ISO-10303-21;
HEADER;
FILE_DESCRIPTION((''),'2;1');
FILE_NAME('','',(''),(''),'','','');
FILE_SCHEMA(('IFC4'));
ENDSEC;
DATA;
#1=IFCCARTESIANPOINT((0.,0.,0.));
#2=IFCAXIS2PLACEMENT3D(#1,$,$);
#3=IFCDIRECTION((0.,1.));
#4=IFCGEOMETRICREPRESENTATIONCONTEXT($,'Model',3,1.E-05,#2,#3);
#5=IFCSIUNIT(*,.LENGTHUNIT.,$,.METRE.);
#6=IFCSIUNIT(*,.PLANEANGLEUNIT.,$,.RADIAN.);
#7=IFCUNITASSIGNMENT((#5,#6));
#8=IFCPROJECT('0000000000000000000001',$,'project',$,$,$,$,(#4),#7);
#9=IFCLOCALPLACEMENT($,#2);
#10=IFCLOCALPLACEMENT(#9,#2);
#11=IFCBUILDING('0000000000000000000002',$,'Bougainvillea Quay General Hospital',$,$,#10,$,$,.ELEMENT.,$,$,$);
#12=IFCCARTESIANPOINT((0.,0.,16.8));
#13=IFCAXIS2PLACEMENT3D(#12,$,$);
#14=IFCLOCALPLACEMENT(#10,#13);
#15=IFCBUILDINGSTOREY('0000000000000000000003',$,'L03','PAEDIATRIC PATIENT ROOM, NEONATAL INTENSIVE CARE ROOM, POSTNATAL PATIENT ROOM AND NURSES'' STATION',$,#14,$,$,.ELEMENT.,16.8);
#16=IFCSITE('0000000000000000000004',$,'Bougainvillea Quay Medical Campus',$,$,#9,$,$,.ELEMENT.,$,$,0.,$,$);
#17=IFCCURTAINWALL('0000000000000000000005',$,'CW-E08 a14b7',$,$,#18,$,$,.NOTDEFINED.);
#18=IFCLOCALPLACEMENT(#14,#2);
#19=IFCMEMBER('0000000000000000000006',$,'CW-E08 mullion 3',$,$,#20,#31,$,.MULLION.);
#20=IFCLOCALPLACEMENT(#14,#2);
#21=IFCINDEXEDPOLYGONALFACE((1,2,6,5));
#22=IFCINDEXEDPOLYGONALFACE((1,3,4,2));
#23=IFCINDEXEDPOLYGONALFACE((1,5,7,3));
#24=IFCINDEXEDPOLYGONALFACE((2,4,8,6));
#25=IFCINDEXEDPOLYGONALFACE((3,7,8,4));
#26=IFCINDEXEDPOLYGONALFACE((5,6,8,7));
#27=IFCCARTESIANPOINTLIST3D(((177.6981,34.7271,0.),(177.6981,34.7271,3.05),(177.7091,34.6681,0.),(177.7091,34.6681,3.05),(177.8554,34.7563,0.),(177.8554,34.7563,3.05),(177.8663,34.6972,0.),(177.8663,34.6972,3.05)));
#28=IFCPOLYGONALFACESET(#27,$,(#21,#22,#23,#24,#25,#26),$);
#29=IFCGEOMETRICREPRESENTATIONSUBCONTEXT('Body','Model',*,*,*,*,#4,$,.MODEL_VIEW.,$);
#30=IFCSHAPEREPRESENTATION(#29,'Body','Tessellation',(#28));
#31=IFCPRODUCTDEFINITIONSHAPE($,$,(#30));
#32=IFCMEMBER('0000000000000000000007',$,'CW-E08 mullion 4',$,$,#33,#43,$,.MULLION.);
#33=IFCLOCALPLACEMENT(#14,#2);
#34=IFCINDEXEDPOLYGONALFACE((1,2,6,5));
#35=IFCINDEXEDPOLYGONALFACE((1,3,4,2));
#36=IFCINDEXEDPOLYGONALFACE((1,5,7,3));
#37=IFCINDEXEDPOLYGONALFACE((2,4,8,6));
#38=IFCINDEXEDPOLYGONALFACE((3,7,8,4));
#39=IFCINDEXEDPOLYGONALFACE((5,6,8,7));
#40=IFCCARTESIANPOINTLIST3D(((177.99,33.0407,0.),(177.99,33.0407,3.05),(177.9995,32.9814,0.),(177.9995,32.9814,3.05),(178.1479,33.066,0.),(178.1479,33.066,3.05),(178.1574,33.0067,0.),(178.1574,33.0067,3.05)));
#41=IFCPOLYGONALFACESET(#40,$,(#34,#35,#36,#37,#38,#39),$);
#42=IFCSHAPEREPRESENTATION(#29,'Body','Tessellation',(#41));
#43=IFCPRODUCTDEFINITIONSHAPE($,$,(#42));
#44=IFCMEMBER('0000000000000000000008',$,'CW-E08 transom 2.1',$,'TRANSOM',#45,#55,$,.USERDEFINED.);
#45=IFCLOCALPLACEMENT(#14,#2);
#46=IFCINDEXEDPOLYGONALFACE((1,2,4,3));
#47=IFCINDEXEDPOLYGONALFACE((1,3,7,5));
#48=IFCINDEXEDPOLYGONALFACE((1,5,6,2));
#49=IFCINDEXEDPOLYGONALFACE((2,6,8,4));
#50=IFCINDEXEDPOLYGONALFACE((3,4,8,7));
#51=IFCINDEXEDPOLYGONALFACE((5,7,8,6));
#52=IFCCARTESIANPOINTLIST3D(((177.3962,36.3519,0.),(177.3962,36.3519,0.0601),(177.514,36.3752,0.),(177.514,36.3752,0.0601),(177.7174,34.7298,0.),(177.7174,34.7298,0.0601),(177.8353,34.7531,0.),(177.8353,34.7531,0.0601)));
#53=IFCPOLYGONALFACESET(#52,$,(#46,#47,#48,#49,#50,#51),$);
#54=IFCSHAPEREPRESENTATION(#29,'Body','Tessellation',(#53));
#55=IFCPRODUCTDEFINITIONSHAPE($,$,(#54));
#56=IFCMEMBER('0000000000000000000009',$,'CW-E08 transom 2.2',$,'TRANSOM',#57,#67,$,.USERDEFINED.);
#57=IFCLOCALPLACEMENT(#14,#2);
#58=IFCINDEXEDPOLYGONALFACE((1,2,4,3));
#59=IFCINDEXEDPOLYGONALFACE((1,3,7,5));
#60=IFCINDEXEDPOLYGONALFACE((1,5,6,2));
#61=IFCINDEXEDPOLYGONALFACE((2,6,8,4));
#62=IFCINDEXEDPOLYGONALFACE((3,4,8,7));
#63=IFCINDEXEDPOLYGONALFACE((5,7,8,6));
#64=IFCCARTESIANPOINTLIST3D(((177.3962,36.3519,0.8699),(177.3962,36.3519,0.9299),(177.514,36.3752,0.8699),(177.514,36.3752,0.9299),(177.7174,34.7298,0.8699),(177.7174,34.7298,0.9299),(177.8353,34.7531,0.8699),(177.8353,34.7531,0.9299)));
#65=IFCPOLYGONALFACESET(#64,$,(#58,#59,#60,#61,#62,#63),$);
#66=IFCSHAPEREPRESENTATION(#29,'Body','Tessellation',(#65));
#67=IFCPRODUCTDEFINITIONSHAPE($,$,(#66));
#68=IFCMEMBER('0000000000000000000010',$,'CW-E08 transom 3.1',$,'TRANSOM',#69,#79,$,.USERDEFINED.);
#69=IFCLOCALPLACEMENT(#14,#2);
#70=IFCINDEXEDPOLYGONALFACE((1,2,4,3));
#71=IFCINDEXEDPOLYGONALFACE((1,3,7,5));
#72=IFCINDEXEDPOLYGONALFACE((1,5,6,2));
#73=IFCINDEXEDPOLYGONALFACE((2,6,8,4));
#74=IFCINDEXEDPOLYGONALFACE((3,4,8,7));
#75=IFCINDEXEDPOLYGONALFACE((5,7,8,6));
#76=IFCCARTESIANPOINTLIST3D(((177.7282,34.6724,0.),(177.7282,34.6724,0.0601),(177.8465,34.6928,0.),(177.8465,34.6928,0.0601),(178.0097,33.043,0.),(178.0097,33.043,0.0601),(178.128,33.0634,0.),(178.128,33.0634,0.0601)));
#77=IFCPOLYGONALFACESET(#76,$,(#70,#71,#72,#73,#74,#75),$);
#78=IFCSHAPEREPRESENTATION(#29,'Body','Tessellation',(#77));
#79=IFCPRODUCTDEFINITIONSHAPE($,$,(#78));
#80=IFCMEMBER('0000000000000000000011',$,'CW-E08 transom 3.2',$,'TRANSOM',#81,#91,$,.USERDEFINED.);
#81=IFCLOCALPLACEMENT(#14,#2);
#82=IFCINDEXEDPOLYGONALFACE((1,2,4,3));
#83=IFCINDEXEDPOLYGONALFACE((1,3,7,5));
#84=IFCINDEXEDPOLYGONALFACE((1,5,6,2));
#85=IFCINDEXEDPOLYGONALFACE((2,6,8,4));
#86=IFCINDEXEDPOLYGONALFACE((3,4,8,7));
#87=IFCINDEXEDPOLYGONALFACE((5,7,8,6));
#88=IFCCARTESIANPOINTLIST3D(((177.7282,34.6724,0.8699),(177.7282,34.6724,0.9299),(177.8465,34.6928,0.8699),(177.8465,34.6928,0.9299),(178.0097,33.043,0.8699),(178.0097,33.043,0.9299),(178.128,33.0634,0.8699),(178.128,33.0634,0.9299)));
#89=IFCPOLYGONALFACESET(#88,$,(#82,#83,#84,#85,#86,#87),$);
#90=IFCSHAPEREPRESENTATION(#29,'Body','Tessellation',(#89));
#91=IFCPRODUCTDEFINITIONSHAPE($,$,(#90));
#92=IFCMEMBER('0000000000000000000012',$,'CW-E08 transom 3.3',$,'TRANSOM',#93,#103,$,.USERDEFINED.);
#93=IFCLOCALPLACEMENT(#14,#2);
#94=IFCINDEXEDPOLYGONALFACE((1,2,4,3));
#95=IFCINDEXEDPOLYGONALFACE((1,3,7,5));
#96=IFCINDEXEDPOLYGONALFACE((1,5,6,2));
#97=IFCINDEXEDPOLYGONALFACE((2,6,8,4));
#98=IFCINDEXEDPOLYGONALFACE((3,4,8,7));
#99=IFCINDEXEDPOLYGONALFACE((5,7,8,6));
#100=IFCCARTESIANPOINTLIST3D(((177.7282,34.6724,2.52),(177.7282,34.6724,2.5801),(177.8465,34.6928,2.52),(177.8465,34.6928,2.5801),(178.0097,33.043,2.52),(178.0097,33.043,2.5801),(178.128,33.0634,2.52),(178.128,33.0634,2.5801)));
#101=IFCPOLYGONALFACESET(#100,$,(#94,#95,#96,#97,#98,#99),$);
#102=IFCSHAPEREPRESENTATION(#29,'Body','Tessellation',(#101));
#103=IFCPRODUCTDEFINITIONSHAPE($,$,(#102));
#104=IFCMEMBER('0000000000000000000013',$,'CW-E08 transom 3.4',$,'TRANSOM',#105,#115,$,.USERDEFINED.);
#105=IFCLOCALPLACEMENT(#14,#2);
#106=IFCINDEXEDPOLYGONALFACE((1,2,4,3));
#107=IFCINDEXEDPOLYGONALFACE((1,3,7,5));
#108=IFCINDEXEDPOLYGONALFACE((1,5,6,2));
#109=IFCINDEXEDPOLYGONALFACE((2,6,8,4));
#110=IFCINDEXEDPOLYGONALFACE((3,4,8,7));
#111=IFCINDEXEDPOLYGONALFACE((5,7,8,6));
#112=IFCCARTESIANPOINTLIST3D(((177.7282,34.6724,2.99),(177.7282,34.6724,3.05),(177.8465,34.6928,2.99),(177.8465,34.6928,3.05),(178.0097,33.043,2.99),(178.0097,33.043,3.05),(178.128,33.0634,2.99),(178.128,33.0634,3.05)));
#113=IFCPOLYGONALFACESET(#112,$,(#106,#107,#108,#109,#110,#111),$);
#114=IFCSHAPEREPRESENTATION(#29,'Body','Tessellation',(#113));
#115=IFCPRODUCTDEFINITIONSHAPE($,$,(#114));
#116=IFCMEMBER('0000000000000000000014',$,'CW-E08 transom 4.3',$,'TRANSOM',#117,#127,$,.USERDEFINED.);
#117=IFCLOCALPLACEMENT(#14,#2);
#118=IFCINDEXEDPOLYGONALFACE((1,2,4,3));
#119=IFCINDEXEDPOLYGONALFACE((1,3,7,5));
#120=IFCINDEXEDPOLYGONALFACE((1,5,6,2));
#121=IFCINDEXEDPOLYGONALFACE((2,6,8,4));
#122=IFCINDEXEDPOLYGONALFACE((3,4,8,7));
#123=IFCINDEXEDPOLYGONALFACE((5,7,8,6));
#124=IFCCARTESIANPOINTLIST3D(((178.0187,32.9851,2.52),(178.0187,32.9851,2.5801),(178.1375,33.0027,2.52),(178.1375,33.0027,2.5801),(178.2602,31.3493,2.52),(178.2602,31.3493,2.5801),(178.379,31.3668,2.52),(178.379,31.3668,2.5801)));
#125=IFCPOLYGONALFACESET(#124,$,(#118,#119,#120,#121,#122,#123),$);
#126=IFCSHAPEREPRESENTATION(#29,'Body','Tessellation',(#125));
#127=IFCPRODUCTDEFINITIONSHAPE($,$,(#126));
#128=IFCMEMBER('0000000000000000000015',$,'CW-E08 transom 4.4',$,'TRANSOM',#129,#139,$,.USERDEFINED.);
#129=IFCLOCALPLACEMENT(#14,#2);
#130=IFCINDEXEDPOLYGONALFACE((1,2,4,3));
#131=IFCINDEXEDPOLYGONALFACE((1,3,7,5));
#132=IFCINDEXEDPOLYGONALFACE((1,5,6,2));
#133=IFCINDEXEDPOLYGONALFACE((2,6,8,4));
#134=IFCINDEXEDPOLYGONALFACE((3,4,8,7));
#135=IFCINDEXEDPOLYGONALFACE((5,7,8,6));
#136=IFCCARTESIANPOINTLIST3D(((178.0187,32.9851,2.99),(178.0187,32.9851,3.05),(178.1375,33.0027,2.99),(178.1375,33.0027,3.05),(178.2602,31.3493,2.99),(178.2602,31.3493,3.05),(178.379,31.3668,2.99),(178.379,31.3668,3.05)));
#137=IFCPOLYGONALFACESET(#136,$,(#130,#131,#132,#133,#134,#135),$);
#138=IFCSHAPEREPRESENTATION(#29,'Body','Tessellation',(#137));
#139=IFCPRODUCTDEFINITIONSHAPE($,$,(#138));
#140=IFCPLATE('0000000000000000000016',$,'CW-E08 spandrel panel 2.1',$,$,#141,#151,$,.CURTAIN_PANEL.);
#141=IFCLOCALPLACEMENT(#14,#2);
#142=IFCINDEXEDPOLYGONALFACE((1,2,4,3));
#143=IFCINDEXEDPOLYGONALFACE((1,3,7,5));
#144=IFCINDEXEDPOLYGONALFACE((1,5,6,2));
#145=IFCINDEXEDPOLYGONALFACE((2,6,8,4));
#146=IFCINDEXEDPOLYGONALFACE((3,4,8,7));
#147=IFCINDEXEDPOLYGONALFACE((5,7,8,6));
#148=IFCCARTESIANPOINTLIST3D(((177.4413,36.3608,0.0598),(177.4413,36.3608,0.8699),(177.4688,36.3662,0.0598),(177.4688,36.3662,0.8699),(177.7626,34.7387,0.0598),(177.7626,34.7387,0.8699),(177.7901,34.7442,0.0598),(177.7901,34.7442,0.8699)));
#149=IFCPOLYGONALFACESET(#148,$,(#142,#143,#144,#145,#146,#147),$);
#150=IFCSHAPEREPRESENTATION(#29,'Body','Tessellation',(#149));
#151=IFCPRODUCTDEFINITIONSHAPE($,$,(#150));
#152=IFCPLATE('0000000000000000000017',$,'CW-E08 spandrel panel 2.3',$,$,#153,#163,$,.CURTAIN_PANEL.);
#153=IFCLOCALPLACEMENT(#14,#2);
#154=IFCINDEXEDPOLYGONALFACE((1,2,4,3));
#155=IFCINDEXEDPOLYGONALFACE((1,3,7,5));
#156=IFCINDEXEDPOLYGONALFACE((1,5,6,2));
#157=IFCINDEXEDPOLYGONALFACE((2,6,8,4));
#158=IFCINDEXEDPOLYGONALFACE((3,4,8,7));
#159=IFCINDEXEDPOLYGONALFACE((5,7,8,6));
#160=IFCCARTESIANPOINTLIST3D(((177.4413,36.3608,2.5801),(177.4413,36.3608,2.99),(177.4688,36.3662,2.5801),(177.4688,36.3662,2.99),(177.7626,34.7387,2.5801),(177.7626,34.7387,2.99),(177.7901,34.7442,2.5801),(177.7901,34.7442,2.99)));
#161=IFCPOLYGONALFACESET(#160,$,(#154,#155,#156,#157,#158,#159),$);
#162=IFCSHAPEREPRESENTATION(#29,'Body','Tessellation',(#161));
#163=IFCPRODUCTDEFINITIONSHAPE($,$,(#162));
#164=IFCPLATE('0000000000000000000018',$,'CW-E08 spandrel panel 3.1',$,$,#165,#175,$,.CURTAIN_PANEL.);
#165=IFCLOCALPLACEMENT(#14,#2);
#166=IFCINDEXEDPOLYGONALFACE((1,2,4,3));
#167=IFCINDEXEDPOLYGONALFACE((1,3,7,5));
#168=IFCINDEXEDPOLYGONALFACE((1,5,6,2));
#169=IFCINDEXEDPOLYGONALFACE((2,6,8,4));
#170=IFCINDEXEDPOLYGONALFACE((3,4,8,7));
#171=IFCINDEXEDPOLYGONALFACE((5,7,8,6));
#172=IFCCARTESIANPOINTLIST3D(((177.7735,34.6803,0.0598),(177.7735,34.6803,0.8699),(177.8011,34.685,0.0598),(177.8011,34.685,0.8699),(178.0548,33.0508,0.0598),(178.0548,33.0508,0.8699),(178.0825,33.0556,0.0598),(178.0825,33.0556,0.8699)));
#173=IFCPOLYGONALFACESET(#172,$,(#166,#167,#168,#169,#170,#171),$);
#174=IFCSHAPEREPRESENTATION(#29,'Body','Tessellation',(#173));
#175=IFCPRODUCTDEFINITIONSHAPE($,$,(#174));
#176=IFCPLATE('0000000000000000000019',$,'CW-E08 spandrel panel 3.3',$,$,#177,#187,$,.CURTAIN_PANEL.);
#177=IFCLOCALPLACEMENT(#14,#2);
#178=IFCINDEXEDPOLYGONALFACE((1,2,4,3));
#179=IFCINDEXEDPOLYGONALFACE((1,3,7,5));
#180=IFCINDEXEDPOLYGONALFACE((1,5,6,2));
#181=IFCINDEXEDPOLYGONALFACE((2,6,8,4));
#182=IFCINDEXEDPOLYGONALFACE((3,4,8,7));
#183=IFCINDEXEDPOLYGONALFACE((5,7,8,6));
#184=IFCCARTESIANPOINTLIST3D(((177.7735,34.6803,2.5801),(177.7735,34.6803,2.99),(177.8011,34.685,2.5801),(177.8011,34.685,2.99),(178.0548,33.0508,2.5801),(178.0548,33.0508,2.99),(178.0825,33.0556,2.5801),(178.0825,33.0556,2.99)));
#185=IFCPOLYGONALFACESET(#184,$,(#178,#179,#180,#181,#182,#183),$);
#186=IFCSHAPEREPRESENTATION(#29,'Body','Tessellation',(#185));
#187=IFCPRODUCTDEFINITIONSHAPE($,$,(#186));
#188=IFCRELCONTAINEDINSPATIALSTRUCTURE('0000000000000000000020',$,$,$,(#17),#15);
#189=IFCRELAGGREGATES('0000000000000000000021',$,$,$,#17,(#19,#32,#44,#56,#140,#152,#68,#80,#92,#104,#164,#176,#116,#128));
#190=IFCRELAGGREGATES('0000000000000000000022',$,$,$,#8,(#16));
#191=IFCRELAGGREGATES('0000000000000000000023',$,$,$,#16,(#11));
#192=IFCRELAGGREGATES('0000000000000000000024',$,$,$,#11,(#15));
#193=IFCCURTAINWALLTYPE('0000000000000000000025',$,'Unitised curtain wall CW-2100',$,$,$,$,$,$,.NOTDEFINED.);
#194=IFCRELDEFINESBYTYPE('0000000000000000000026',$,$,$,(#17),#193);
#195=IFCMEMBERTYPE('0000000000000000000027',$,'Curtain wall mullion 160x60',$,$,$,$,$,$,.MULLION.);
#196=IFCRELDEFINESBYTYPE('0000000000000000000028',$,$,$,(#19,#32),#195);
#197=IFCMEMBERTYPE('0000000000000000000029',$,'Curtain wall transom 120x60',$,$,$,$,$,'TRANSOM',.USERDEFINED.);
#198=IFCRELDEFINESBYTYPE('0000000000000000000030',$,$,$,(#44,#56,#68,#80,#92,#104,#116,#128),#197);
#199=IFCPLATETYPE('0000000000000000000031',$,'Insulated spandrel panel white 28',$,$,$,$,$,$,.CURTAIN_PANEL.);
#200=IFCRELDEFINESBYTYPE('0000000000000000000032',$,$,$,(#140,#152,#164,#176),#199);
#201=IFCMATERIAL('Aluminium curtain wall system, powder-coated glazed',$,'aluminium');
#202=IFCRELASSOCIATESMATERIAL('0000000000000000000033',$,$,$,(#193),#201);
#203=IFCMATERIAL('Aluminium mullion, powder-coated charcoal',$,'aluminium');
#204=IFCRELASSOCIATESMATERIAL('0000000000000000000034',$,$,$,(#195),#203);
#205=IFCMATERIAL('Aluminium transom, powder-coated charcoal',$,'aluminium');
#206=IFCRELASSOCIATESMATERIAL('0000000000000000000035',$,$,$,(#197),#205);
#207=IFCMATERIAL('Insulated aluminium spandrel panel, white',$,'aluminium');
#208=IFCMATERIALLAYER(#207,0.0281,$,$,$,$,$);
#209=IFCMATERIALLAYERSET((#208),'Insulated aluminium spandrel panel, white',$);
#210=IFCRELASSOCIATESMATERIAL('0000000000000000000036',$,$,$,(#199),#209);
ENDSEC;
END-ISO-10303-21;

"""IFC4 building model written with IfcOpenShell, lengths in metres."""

from ifc_helpers import new_model, si_unit, direction, frame, origin, origin_2d, place, context, subcontext, project, spatial, rectangle, extrude, material, layer, layer_set, material_profile, profile_set, type_object, element, aggregate, save


model = new_model("IFC4")

# Units and contexts
model_context = context("Model", 3, precision=1e-05, world=origin(), true_north=direction((0.0, 1.0)))
body_context = subcontext(model_context, "Body", "Model", "MODEL_VIEW")
ifc_project = project(units=[si_unit("LENGTHUNIT", "METRE"), si_unit("PLANEANGLEUNIT", "RADIAN")], contexts=[model_context])

# Site, building, storey
site_placement = place(None, origin())
site = spatial("IfcSite", under=ifc_project, at=site_placement, Name="Bougainvillea Quay Medical Campus", CompositionType="ELEMENT", RefElevation=0.0)
building_placement = place(site_placement, origin())
building = spatial("IfcBuilding", under=site, at=building_placement, Name="Bougainvillea Quay General Hospital", CompositionType="ELEMENT")
storey_placement = place(building_placement, frame((0.0, 0.0, 16.8)))
storey = spatial("IfcBuildingStorey", under=building, at=storey_placement, Name="L03", Description="PAEDIATRIC PATIENT ROOM, NEONATAL INTENSIVE CARE ROOM, POSTNATAL PATIENT ROOM AND NURSES' STATION", CompositionType="ELEMENT", Elevation=16.8)

# Curtain wall, members, plates
ifc_material_1 = material(Name="Aluminium curtain wall system, powder-coated glazed", Category="aluminium")
curtain_wall_type = type_object("IfcCurtainWallType", Name="Unitised curtain wall CW-2100", PredefinedType="NOTDEFINED", material=ifc_material_1)
curtain_wall_placement = place(storey_placement, origin())
curtain_wall = element("IfcCurtainWall", 1, at=curtain_wall_placement, inside=storey, type_object=curtain_wall_type, Name="CW-E08 a14b7", PredefinedType="NOTDEFINED")
ifc_material_2 = material(Name="Aluminium mullion, powder-coated charcoal", Category="aluminium")
ifc_material_profile_1 = material_profile(ifc_material_2, rectangle(XDim=0.1599, YDim=0.0601, at=origin_2d()))
ifc_profile_set_1 = profile_set([ifc_material_profile_1], Name="Aluminium mullion, powder-coated charcoal")
member_type_1 = type_object("IfcMemberType", Name="Curtain wall mullion 160x60", PredefinedType="MULLION", material=ifc_profile_set_1)
member_1_placement = place(storey_placement, frame((177.7822, 34.7122, 0.0), z_axis=(0.0, 0.0, 1.0), x_axis=(0.983252, 0.182251, 0.0)))
member_1 = element("IfcMember", 2, at=member_1_placement, type_object=member_type_1, Name="CW-E08 mullion 3", PredefinedType="MULLION", context=body_context, shape_type="SweptSolid", body=[
    extrude(rectangle(XDim=0.1599, YDim=0.0601, at=origin_2d()), origin(), (0.0, 0.0, 1.0), 3.05),
])
member_2_placement = place(storey_placement, frame((178.0737, 33.0237, 0.0), z_axis=(0.0, 0.0, 1.0), x_axis=(0.987432, 0.158044, 0.0)))
member_2 = element("IfcMember", 3, at=member_2_placement, type_object=member_type_1, Name="CW-E08 mullion 4", PredefinedType="MULLION", context=body_context, shape_type="SweptSolid", body=[
    extrude(rectangle(XDim=0.1599, YDim=0.0601, at=origin_2d()), origin(), (0.0, 0.0, 1.0), 3.05),
])
ifc_material_3 = material(Name="Aluminium transom, powder-coated charcoal", Category="aluminium")
ifc_material_profile_2 = material_profile(ifc_material_3, rectangle(XDim=0.1201, YDim=0.0601, at=origin_2d()))
ifc_profile_set_2 = profile_set([ifc_material_profile_2], Name="Aluminium transom, powder-coated charcoal")
member_type_2 = type_object("IfcMemberType", Name="Curtain wall transom 120x60", ElementType="TRANSOM", PredefinedType="USERDEFINED", material=ifc_profile_set_2)
member_3_placement = place(storey_placement, frame((177.4551, 36.3635, 0.03), z_axis=(0.194299, -0.980942, 0.0), x_axis=(0.980942, 0.194299, 0.0)))
member_3 = element("IfcMember", 4, at=member_3_placement, type_object=member_type_2, Name="CW-E08 transom 2.1", ObjectType="TRANSOM", PredefinedType="USERDEFINED", context=body_context, shape_type="SweptSolid", body=[
    extrude(rectangle(XDim=0.1201, YDim=0.0601, at=origin_2d()), origin(), (0.0, 0.0, 1.0), 1.6536),
])
member_4_placement = place(storey_placement, frame((177.4551, 36.3635, 0.8999), z_axis=(0.194299, -0.980942, 0.0), x_axis=(0.980942, 0.194299, 0.0)))
member_4 = element("IfcMember", 5, at=member_4_placement, type_object=member_type_2, Name="CW-E08 transom 2.2", ObjectType="TRANSOM", PredefinedType="USERDEFINED", context=body_context, shape_type="SweptSolid", body=[
    extrude(rectangle(XDim=0.1201, YDim=0.0601, at=origin_2d()), origin(), (0.0, 0.0, 1.0), 1.6536),
])
member_5_placement = place(storey_placement, frame((177.7874, 34.6826, 0.03), z_axis=(0.170238, -0.985403, 0.0), x_axis=(0.985403, 0.170238, 0.0)))
member_5 = element("IfcMember", 6, at=member_5_placement, type_object=member_type_2, Name="CW-E08 transom 3.1", ObjectType="TRANSOM", PredefinedType="USERDEFINED", context=body_context, shape_type="SweptSolid", body=[
    extrude(rectangle(XDim=0.1201, YDim=0.0601, at=origin_2d()), origin(), (0.0, 0.0, 1.0), 1.6536),
])
member_6_placement = place(storey_placement, frame((177.7874, 34.6826, 0.8999), z_axis=(0.170238, -0.985403, 0.0), x_axis=(0.985403, 0.170238, 0.0)))
member_6 = element("IfcMember", 7, at=member_6_placement, type_object=member_type_2, Name="CW-E08 transom 3.2", ObjectType="TRANSOM", PredefinedType="USERDEFINED", context=body_context, shape_type="SweptSolid", body=[
    extrude(rectangle(XDim=0.1201, YDim=0.0601, at=origin_2d()), origin(), (0.0, 0.0, 1.0), 1.6536),
])
member_7_placement = place(storey_placement, frame((177.7874, 34.6826, 2.55), z_axis=(0.170238, -0.985403, 0.0), x_axis=(0.985403, 0.170238, 0.0)))
member_7 = element("IfcMember", 8, at=member_7_placement, type_object=member_type_2, Name="CW-E08 transom 3.3", ObjectType="TRANSOM", PredefinedType="USERDEFINED", context=body_context, shape_type="SweptSolid", body=[
    extrude(rectangle(XDim=0.1201, YDim=0.0601, at=origin_2d()), origin(), (0.0, 0.0, 1.0), 1.6536),
])
member_8_placement = place(storey_placement, frame((177.7874, 34.6826, 3.02), z_axis=(0.170238, -0.985403, 0.0), x_axis=(0.985403, 0.170238, 0.0)))
member_8 = element("IfcMember", 9, at=member_8_placement, type_object=member_type_2, Name="CW-E08 transom 3.4", ObjectType="TRANSOM", PredefinedType="USERDEFINED", context=body_context, shape_type="SweptSolid", body=[
    extrude(rectangle(XDim=0.1201, YDim=0.0601, at=origin_2d()), origin(), (0.0, 0.0, 1.0), 1.6536),
])
member_9_placement = place(storey_placement, frame((178.0781, 32.9939, 2.55), z_axis=(0.14603, -0.98928, 0.0), x_axis=(0.98928, 0.14603, 0.0)))
member_9 = element("IfcMember", 10, at=member_9_placement, type_object=member_type_2, Name="CW-E08 transom 4.3", ObjectType="TRANSOM", PredefinedType="USERDEFINED", context=body_context, shape_type="SweptSolid", body=[
    extrude(rectangle(XDim=0.1201, YDim=0.0601, at=origin_2d()), origin(), (0.0, 0.0, 1.0), 1.6536),
])
member_10_placement = place(storey_placement, frame((178.0781, 32.9939, 3.02), z_axis=(0.14603, -0.98928, 0.0), x_axis=(0.98928, 0.14603, 0.0)))
member_10 = element("IfcMember", 11, at=member_10_placement, type_object=member_type_2, Name="CW-E08 transom 4.4", ObjectType="TRANSOM", PredefinedType="USERDEFINED", context=body_context, shape_type="SweptSolid", body=[
    extrude(rectangle(XDim=0.1201, YDim=0.0601, at=origin_2d()), origin(), (0.0, 0.0, 1.0), 1.6536),
])
ifc_material_4 = material(Name="Insulated aluminium spandrel panel, white", Category="aluminium")
ifc_layer_1 = layer(ifc_material_4, 0.0281)
ifc_layer_set_1 = layer_set([ifc_layer_1], Name="Insulated aluminium spandrel panel, white")
plate_type_1 = type_object("IfcPlateType", Name="Insulated spandrel panel white 28", PredefinedType="CURTAIN_PANEL", material=ifc_layer_set_1)
plate_1_placement = place(storey_placement, frame((177.6157, 35.5525, 0.0598), z_axis=(0.0, 0.0, 1.0), x_axis=(0.194314, -0.980939, 0.0)))
plate_1 = element("IfcPlate", 12, at=plate_1_placement, type_object=plate_type_1, Name="CW-E08 spandrel panel 2.1", PredefinedType="CURTAIN_PANEL", context=body_context, shape_type="SweptSolid", body=[
    extrude(rectangle(XDim=1.6536, YDim=0.0281, at=origin_2d()), origin(), (0.0, 0.0, 1.0), 0.8101),
])
plate_2_placement = place(storey_placement, frame((177.6157, 35.5525, 2.5801), z_axis=(0.0, 0.0, 1.0), x_axis=(0.194314, -0.980939, 0.0)))
plate_2 = element("IfcPlate", 13, at=plate_2_placement, type_object=plate_type_1, Name="CW-E08 spandrel panel 2.3", PredefinedType="CURTAIN_PANEL", context=body_context, shape_type="SweptSolid", body=[
    extrude(rectangle(XDim=1.6536, YDim=0.0281, at=origin_2d()), origin(), (0.0, 0.0, 1.0), 0.4099),
])
plate_3_placement = place(storey_placement, frame((177.928, 33.8679, 0.0598), z_axis=(0.0, 0.0, 1.0), x_axis=(0.17016, -0.985416, 0.0)))
plate_3 = element("IfcPlate", 14, at=plate_3_placement, type_object=plate_type_1, Name="CW-E08 spandrel panel 3.1", PredefinedType="CURTAIN_PANEL", context=body_context, shape_type="SweptSolid", body=[
    extrude(rectangle(XDim=1.6536, YDim=0.0281, at=origin_2d()), origin(), (0.0, 0.0, 1.0), 0.8101),
])
plate_4_placement = place(storey_placement, frame((177.928, 33.8679, 2.5801), z_axis=(0.0, 0.0, 1.0), x_axis=(0.17016, -0.985416, 0.0)))
plate_4 = element("IfcPlate", 15, at=plate_4_placement, type_object=plate_type_1, Name="CW-E08 spandrel panel 3.3", PredefinedType="CURTAIN_PANEL", context=body_context, shape_type="SweptSolid", body=[
    extrude(rectangle(XDim=1.6536, YDim=0.0281, at=origin_2d()), origin(), (0.0, 0.0, 1.0), 0.4099),
])
aggregate(curtain_wall, [member_1, member_2, member_3, member_4, plate_1, plate_2, member_5, member_6, member_7, member_8, plate_3, plate_4, member_9, member_10])

save(model, "model.ifc")
